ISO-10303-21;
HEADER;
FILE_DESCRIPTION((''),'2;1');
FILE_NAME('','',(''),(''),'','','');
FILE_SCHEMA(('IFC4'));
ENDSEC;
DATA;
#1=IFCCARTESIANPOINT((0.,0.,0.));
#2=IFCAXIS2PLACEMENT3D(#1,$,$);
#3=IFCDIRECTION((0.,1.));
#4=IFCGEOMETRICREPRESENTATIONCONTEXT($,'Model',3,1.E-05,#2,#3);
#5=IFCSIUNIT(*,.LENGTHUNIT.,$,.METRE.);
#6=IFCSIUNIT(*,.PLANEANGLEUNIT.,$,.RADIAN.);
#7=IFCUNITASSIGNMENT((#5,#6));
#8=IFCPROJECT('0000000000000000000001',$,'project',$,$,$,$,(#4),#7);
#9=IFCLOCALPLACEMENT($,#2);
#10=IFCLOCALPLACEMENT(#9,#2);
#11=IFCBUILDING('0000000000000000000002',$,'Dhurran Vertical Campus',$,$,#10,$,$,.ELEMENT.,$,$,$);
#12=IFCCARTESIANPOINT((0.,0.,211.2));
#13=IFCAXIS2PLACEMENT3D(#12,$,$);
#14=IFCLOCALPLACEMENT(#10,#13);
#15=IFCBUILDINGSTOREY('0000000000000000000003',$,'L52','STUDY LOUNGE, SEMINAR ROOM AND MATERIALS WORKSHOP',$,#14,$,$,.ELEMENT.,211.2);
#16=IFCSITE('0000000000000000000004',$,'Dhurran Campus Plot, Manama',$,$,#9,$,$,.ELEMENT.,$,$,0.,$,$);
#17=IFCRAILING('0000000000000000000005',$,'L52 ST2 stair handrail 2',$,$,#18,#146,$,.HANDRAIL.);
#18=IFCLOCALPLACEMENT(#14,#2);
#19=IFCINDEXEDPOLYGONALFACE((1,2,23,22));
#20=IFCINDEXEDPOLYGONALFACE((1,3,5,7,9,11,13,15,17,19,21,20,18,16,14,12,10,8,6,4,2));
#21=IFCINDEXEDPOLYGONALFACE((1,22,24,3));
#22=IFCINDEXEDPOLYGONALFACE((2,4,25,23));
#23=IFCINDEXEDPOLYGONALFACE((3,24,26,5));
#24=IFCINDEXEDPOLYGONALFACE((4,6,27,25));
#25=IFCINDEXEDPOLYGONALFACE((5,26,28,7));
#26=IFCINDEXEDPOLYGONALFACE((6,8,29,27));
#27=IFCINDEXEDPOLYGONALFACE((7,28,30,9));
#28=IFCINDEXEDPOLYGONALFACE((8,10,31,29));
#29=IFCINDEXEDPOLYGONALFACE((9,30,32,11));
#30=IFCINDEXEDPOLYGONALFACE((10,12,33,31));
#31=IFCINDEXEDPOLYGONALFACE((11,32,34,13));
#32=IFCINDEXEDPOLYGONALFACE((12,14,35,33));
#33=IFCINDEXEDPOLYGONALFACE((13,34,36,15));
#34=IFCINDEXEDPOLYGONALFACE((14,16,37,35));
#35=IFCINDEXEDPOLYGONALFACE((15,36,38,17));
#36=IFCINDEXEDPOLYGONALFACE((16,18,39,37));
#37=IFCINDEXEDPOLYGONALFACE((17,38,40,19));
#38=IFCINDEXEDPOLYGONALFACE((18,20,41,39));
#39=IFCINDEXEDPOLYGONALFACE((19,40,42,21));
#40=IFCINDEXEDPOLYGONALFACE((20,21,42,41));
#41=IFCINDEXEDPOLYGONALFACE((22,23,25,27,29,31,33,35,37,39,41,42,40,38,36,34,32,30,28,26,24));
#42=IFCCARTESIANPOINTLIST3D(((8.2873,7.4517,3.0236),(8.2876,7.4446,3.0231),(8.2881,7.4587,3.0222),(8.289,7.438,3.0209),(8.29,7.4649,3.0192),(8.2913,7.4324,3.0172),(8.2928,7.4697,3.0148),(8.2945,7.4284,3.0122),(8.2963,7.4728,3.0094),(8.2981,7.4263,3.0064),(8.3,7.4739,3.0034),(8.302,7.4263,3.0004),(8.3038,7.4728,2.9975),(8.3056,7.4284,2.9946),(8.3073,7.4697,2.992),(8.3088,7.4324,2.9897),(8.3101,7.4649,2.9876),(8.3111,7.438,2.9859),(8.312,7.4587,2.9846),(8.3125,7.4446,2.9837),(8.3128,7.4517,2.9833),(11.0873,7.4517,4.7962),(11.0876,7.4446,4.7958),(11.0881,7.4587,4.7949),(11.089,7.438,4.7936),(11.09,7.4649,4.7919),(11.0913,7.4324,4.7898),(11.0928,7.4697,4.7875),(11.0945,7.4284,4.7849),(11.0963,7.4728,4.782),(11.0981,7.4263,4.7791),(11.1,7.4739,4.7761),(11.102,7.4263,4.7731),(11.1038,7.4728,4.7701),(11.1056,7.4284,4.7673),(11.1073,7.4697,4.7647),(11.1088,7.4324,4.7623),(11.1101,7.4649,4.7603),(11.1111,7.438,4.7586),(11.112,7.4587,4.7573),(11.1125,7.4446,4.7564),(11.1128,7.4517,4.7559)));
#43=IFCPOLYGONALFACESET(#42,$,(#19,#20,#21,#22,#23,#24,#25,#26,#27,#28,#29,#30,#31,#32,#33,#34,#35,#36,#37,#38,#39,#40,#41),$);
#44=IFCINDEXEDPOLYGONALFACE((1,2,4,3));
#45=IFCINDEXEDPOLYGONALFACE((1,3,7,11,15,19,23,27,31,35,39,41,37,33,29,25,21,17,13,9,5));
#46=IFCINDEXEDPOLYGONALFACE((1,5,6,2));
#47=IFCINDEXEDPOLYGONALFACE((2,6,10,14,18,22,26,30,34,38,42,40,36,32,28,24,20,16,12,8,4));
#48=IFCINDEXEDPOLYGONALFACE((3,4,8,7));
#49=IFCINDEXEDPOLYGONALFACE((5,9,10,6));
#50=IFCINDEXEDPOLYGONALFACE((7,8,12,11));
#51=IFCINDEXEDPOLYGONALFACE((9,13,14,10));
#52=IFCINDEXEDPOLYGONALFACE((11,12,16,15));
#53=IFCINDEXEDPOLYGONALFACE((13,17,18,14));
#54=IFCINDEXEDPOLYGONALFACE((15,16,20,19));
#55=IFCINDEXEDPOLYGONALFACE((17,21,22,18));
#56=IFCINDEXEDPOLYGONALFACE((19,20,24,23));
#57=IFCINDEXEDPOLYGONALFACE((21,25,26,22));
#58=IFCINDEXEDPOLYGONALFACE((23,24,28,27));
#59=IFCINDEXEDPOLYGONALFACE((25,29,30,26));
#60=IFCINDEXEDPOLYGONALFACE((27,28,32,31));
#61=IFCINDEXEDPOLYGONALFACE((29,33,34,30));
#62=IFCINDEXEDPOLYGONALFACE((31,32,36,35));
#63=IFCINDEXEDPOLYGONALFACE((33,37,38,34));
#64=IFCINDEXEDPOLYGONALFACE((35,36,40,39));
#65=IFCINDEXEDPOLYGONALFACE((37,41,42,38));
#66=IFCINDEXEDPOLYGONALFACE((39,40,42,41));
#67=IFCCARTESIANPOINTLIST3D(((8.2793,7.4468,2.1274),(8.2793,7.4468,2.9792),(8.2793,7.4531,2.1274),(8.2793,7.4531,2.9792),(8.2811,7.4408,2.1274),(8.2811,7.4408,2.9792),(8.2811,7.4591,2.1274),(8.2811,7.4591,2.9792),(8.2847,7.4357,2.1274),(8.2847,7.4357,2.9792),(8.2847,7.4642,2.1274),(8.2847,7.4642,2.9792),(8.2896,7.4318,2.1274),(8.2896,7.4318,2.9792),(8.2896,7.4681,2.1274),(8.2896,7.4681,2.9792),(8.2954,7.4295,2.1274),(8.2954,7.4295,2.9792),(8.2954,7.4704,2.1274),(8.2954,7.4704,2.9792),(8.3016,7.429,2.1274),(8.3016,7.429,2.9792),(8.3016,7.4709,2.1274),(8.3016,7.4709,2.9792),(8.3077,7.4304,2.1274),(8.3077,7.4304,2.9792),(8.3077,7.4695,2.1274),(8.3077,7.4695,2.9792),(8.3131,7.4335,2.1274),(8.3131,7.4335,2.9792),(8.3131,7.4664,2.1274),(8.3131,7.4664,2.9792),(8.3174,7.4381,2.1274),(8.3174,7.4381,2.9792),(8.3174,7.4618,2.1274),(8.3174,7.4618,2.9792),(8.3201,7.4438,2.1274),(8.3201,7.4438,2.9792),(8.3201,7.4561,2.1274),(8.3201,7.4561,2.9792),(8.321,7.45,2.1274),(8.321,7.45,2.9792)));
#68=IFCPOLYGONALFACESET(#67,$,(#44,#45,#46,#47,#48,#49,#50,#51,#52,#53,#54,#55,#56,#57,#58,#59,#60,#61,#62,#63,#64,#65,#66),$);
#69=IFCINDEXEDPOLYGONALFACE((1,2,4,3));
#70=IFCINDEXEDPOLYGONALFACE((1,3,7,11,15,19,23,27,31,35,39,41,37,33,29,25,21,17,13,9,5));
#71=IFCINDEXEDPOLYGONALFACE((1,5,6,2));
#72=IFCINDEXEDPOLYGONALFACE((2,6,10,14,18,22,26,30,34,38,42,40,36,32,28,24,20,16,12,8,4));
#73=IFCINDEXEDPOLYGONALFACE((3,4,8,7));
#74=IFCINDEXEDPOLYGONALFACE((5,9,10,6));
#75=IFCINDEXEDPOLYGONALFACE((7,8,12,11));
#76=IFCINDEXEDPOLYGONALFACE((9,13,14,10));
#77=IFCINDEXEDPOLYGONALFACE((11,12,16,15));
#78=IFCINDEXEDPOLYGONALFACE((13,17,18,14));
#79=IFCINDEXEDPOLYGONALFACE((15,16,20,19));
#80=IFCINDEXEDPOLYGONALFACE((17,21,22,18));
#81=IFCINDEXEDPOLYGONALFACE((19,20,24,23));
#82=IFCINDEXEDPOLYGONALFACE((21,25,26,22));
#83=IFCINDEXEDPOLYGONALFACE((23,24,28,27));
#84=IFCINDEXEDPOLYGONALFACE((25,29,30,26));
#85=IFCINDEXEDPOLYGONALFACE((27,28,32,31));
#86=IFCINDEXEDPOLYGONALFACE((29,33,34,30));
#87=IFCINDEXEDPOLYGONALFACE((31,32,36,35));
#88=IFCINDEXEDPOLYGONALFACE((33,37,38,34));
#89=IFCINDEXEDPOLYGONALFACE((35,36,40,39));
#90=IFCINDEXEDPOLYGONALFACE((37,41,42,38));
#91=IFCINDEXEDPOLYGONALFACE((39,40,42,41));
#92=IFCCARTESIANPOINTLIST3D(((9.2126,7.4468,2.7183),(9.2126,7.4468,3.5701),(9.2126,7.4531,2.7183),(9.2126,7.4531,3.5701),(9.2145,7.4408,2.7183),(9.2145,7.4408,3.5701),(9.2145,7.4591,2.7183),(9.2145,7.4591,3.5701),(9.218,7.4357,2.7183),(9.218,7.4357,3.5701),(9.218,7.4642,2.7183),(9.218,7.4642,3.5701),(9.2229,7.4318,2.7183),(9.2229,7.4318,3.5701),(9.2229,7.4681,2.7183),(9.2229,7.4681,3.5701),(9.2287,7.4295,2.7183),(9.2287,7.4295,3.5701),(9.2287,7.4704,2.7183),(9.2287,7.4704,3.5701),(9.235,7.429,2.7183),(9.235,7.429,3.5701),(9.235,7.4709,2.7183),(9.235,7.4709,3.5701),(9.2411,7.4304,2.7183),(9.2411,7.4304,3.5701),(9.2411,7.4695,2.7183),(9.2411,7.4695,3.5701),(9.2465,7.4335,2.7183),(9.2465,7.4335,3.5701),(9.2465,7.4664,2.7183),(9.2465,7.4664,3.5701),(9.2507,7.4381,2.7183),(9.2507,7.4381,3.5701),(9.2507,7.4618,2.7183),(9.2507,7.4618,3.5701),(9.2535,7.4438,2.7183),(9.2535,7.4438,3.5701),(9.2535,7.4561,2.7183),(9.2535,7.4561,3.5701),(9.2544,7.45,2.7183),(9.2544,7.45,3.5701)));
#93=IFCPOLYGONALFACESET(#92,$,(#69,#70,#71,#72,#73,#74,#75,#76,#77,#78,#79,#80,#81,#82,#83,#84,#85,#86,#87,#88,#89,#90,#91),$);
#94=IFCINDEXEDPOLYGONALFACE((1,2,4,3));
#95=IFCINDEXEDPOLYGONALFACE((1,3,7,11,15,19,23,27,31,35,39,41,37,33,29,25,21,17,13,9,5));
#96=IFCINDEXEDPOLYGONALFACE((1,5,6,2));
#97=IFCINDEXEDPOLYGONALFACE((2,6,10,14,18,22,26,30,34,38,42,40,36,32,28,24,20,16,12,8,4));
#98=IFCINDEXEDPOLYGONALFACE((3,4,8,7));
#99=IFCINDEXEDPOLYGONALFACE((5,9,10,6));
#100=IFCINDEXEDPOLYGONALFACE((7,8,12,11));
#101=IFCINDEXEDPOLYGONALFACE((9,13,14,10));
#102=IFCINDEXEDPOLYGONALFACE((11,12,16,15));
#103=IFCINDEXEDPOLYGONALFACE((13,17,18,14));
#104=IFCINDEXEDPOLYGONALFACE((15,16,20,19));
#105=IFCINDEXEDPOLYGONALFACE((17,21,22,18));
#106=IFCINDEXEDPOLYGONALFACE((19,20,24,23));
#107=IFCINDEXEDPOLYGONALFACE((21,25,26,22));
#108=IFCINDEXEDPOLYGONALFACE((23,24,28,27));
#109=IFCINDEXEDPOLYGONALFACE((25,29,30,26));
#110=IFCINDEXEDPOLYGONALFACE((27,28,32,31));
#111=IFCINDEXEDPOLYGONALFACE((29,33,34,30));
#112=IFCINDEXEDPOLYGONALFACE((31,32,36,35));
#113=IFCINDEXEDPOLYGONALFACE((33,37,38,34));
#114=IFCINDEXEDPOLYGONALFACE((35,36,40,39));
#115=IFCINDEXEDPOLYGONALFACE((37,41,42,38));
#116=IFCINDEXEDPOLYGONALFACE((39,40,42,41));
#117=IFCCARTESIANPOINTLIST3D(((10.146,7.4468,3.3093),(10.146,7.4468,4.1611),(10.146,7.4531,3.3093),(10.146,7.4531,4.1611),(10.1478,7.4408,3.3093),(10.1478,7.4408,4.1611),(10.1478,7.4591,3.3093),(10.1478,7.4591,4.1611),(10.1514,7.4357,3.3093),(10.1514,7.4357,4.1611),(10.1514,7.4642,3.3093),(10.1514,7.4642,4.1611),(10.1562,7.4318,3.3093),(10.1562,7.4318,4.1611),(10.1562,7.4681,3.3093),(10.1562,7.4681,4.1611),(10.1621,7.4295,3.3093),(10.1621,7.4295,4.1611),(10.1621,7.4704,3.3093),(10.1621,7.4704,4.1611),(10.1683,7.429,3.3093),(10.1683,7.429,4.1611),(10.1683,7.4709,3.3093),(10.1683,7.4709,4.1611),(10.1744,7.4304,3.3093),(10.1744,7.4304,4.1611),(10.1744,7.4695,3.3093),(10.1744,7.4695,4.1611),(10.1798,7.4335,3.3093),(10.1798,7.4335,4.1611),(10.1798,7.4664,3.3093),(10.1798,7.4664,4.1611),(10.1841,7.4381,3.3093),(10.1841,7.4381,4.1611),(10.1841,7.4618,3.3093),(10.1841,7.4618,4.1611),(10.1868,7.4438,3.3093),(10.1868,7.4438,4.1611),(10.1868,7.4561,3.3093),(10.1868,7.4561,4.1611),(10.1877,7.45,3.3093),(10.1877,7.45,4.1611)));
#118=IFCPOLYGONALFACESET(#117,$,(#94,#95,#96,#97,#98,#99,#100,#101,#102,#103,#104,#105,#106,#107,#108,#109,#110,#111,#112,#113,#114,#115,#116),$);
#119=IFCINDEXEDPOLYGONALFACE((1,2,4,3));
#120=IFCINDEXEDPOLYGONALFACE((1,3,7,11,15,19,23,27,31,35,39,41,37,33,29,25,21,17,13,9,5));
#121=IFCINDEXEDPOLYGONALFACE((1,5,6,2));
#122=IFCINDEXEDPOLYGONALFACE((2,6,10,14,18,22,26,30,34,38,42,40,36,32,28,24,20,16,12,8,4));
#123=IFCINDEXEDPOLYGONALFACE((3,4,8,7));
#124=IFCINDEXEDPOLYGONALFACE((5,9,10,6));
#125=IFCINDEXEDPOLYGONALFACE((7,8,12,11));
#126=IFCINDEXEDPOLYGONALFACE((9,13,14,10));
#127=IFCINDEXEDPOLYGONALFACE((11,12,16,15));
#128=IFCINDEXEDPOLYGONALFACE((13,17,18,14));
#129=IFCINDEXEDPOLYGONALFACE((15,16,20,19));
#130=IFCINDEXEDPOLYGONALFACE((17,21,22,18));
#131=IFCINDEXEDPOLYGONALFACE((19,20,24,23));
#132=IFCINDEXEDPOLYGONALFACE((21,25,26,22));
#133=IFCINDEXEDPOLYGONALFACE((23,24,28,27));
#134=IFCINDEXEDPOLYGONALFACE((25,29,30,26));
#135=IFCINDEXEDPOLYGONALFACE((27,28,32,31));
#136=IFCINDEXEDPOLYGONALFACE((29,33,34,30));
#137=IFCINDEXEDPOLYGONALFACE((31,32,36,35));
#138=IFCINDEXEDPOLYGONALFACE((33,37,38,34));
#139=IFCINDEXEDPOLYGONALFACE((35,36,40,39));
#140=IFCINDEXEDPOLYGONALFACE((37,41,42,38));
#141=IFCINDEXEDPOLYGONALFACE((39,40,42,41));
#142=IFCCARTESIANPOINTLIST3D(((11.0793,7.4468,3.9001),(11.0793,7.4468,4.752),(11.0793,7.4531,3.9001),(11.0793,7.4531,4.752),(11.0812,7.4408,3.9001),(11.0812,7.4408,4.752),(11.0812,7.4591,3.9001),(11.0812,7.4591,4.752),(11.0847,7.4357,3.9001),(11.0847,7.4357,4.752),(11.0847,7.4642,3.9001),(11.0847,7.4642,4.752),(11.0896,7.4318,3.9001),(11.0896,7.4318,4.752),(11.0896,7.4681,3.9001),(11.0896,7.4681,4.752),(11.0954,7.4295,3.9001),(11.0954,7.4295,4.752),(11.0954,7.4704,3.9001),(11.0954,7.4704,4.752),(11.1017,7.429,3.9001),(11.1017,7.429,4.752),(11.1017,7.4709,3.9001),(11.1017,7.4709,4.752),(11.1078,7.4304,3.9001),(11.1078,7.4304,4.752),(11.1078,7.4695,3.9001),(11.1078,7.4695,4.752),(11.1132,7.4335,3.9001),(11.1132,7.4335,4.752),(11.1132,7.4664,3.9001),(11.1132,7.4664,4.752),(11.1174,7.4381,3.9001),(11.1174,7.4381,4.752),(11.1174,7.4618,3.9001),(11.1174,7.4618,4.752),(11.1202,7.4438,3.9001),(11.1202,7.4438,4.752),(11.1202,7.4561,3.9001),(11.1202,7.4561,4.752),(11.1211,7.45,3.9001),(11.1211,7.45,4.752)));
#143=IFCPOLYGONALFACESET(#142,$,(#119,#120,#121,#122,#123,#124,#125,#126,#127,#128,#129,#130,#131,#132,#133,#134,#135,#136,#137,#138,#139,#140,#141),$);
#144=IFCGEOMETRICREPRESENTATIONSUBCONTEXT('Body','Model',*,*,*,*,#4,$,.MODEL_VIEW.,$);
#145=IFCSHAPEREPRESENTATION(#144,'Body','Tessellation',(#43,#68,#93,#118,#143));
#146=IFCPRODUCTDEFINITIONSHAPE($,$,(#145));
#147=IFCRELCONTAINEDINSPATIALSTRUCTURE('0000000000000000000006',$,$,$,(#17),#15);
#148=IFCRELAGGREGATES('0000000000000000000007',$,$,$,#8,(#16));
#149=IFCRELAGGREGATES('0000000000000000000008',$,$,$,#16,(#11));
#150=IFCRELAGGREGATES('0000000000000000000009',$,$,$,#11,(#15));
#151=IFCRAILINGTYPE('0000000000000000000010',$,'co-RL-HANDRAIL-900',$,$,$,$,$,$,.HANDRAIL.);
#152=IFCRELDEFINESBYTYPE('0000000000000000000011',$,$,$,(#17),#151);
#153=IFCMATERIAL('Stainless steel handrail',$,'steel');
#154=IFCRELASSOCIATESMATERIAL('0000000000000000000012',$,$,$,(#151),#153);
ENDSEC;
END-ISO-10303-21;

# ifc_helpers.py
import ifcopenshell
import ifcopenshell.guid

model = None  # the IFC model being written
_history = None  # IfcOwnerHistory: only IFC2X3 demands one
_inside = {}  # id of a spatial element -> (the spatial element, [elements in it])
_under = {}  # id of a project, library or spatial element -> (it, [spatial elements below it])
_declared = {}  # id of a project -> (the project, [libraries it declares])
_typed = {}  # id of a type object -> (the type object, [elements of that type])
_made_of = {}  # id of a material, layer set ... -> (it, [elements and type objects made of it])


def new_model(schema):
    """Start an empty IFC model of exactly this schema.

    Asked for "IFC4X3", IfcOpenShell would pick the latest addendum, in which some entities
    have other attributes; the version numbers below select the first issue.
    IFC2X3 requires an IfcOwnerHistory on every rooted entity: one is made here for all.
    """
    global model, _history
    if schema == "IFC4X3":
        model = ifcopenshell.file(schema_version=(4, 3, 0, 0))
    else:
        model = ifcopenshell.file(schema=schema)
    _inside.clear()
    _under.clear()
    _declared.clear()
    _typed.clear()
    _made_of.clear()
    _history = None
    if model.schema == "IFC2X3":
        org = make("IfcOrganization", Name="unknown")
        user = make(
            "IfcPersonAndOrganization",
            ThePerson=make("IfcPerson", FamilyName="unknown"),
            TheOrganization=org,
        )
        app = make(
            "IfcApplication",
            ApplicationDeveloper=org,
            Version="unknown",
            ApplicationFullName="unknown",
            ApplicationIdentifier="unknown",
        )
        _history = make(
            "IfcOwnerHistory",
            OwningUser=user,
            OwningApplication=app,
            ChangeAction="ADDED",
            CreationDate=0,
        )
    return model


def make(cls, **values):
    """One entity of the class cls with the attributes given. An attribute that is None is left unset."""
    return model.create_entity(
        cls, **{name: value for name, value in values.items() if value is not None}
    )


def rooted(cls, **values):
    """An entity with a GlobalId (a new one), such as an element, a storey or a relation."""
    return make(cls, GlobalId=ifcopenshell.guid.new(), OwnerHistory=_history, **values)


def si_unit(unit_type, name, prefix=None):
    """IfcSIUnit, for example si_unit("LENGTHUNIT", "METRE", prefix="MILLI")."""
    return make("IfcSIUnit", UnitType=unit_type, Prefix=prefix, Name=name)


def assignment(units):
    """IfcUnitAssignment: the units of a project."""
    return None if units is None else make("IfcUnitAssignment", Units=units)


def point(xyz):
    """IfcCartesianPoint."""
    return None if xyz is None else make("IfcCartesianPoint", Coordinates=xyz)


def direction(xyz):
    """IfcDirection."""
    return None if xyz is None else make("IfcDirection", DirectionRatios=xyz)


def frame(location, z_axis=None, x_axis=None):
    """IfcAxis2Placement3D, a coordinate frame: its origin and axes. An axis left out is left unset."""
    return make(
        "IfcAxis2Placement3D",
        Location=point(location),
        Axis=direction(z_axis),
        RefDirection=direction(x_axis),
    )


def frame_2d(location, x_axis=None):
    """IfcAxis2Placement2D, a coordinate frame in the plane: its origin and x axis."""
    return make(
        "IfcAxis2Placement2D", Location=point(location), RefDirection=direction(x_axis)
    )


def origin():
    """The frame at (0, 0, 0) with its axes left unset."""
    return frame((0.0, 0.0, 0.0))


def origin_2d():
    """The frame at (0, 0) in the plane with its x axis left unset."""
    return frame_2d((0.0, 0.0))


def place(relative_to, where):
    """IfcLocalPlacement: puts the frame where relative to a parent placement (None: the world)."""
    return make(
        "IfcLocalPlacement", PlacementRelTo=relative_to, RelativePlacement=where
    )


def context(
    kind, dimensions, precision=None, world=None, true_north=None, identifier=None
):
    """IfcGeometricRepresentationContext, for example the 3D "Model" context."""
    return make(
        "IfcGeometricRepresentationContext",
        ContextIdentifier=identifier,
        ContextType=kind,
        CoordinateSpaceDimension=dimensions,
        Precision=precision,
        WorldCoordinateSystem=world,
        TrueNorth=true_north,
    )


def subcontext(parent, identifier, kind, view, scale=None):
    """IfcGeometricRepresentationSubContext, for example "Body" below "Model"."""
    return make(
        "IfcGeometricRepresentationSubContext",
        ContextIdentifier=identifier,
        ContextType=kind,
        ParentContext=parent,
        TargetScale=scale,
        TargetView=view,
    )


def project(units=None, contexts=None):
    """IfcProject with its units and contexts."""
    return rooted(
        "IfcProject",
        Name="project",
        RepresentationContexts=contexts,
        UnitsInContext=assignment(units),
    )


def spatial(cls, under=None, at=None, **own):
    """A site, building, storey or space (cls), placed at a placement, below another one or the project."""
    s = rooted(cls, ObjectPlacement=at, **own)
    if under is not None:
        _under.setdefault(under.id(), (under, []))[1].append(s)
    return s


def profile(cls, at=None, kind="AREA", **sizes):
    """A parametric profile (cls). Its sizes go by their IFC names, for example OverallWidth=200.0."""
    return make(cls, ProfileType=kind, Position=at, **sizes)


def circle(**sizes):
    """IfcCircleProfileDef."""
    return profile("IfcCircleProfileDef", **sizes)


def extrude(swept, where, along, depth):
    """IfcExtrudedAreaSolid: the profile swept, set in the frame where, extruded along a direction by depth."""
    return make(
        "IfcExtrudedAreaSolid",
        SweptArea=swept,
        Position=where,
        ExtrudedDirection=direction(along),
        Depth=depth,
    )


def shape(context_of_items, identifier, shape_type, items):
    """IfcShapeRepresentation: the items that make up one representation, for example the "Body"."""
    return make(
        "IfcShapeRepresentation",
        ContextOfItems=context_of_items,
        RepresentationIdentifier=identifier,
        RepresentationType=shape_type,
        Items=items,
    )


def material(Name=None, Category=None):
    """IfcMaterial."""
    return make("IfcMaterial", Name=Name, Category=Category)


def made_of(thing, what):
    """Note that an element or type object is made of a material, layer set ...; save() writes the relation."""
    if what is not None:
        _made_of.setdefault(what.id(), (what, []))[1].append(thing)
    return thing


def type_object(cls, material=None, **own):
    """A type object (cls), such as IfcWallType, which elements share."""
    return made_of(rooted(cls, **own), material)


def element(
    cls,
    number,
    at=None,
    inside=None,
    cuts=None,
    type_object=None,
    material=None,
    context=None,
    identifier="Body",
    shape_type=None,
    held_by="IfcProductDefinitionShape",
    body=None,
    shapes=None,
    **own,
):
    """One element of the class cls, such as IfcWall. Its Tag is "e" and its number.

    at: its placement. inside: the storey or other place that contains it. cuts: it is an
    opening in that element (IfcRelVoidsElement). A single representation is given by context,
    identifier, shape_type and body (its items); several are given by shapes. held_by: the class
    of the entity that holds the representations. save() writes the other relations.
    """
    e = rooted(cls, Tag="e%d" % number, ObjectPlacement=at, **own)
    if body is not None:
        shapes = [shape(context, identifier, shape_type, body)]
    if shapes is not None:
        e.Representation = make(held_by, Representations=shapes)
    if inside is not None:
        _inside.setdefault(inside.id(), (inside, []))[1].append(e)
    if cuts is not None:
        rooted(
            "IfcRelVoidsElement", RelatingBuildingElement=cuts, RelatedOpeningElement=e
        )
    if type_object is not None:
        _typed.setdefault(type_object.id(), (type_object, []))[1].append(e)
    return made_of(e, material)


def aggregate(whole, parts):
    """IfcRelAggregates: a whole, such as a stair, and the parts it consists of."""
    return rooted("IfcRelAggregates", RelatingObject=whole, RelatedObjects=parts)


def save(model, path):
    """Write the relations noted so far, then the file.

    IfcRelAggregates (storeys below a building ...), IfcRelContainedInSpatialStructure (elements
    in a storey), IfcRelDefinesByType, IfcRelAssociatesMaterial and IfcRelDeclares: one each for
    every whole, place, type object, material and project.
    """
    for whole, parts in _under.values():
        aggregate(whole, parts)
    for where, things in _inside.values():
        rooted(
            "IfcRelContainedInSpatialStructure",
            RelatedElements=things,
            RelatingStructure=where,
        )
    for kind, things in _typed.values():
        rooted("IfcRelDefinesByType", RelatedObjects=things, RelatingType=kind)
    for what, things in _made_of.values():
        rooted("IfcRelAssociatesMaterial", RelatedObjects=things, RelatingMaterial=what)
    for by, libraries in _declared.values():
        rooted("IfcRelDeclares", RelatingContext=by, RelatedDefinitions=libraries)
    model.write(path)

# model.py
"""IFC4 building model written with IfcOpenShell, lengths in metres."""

from ifc_helpers import new_model, si_unit, direction, frame, origin, origin_2d, place, context, subcontext, project, spatial, circle, extrude, material, type_object, element, save


model = new_model("IFC4")

# Units and contexts
model_context = context("Model", 3, precision=1e-05, world=origin(), true_north=direction((0.0, 1.0)))
body_context = subcontext(model_context, "Body", "Model", "MODEL_VIEW")
ifc_project = project(units=[si_unit("LENGTHUNIT", "METRE"), si_unit("PLANEANGLEUNIT", "RADIAN")], contexts=[model_context])

# Site, building, storey
site_placement = place(None, origin())
site = spatial("IfcSite", under=ifc_project, at=site_placement, Name="Dhurran Campus Plot, Manama", CompositionType="ELEMENT", RefElevation=0.0)
building_placement = place(site_placement, origin())
building = spatial("IfcBuilding", under=site, at=building_placement, Name="Dhurran Vertical Campus", CompositionType="ELEMENT")
storey_placement = place(building_placement, frame((0.0, 0.0, 211.2)))
storey = spatial("IfcBuildingStorey", under=building, at=storey_placement, Name="L52", Description="STUDY LOUNGE, SEMINAR ROOM AND MATERIALS WORKSHOP", CompositionType="ELEMENT", Elevation=211.2)

# Railing
ifc_material_1 = material(Name="Stainless steel handrail", Category="steel")
railing_type_1 = type_object("IfcRailingType", Name="co-RL-HANDRAIL-900", PredefinedType="HANDRAIL", material=ifc_material_1)
railing_1_placement = place(storey_placement, frame((8.3, 7.45, 2.1274)))
element("IfcRailing", 1, at=railing_1_placement, inside=storey, type_object=railing_type_1, Name="L52 ST2 stair handrail 2", PredefinedType="HANDRAIL", context=body_context, shape_type="SweptSolid", body=[
    extrude(circle(Radius=0.0239, at=origin_2d()), frame((0.0, 0.0, 0.876), z_axis=(0.844909, 0.0, 0.53491), x_axis=(0.0, 1.0, 0.0)), (0.0, 0.0, 1.0), 3.314),
    extrude(circle(Radius=0.021, at=origin_2d()), origin(), (0.0, 0.0, 1.0), 0.8518),
    extrude(circle(Radius=0.021, at=origin_2d()), frame((0.9333, 0.0, 0.5908)), (0.0, 0.0, 1.0), 0.8518),
    extrude(circle(Radius=0.021, at=origin_2d()), frame((1.8667, 0.0, 1.1819)), (0.0, 0.0, 1.0), 0.8518),
    extrude(circle(Radius=0.021, at=origin_2d()), frame((2.8, 0.0, 1.7727)), (0.0, 0.0, 1.0), 0.8518),
])

save(model, "model.ifc")
